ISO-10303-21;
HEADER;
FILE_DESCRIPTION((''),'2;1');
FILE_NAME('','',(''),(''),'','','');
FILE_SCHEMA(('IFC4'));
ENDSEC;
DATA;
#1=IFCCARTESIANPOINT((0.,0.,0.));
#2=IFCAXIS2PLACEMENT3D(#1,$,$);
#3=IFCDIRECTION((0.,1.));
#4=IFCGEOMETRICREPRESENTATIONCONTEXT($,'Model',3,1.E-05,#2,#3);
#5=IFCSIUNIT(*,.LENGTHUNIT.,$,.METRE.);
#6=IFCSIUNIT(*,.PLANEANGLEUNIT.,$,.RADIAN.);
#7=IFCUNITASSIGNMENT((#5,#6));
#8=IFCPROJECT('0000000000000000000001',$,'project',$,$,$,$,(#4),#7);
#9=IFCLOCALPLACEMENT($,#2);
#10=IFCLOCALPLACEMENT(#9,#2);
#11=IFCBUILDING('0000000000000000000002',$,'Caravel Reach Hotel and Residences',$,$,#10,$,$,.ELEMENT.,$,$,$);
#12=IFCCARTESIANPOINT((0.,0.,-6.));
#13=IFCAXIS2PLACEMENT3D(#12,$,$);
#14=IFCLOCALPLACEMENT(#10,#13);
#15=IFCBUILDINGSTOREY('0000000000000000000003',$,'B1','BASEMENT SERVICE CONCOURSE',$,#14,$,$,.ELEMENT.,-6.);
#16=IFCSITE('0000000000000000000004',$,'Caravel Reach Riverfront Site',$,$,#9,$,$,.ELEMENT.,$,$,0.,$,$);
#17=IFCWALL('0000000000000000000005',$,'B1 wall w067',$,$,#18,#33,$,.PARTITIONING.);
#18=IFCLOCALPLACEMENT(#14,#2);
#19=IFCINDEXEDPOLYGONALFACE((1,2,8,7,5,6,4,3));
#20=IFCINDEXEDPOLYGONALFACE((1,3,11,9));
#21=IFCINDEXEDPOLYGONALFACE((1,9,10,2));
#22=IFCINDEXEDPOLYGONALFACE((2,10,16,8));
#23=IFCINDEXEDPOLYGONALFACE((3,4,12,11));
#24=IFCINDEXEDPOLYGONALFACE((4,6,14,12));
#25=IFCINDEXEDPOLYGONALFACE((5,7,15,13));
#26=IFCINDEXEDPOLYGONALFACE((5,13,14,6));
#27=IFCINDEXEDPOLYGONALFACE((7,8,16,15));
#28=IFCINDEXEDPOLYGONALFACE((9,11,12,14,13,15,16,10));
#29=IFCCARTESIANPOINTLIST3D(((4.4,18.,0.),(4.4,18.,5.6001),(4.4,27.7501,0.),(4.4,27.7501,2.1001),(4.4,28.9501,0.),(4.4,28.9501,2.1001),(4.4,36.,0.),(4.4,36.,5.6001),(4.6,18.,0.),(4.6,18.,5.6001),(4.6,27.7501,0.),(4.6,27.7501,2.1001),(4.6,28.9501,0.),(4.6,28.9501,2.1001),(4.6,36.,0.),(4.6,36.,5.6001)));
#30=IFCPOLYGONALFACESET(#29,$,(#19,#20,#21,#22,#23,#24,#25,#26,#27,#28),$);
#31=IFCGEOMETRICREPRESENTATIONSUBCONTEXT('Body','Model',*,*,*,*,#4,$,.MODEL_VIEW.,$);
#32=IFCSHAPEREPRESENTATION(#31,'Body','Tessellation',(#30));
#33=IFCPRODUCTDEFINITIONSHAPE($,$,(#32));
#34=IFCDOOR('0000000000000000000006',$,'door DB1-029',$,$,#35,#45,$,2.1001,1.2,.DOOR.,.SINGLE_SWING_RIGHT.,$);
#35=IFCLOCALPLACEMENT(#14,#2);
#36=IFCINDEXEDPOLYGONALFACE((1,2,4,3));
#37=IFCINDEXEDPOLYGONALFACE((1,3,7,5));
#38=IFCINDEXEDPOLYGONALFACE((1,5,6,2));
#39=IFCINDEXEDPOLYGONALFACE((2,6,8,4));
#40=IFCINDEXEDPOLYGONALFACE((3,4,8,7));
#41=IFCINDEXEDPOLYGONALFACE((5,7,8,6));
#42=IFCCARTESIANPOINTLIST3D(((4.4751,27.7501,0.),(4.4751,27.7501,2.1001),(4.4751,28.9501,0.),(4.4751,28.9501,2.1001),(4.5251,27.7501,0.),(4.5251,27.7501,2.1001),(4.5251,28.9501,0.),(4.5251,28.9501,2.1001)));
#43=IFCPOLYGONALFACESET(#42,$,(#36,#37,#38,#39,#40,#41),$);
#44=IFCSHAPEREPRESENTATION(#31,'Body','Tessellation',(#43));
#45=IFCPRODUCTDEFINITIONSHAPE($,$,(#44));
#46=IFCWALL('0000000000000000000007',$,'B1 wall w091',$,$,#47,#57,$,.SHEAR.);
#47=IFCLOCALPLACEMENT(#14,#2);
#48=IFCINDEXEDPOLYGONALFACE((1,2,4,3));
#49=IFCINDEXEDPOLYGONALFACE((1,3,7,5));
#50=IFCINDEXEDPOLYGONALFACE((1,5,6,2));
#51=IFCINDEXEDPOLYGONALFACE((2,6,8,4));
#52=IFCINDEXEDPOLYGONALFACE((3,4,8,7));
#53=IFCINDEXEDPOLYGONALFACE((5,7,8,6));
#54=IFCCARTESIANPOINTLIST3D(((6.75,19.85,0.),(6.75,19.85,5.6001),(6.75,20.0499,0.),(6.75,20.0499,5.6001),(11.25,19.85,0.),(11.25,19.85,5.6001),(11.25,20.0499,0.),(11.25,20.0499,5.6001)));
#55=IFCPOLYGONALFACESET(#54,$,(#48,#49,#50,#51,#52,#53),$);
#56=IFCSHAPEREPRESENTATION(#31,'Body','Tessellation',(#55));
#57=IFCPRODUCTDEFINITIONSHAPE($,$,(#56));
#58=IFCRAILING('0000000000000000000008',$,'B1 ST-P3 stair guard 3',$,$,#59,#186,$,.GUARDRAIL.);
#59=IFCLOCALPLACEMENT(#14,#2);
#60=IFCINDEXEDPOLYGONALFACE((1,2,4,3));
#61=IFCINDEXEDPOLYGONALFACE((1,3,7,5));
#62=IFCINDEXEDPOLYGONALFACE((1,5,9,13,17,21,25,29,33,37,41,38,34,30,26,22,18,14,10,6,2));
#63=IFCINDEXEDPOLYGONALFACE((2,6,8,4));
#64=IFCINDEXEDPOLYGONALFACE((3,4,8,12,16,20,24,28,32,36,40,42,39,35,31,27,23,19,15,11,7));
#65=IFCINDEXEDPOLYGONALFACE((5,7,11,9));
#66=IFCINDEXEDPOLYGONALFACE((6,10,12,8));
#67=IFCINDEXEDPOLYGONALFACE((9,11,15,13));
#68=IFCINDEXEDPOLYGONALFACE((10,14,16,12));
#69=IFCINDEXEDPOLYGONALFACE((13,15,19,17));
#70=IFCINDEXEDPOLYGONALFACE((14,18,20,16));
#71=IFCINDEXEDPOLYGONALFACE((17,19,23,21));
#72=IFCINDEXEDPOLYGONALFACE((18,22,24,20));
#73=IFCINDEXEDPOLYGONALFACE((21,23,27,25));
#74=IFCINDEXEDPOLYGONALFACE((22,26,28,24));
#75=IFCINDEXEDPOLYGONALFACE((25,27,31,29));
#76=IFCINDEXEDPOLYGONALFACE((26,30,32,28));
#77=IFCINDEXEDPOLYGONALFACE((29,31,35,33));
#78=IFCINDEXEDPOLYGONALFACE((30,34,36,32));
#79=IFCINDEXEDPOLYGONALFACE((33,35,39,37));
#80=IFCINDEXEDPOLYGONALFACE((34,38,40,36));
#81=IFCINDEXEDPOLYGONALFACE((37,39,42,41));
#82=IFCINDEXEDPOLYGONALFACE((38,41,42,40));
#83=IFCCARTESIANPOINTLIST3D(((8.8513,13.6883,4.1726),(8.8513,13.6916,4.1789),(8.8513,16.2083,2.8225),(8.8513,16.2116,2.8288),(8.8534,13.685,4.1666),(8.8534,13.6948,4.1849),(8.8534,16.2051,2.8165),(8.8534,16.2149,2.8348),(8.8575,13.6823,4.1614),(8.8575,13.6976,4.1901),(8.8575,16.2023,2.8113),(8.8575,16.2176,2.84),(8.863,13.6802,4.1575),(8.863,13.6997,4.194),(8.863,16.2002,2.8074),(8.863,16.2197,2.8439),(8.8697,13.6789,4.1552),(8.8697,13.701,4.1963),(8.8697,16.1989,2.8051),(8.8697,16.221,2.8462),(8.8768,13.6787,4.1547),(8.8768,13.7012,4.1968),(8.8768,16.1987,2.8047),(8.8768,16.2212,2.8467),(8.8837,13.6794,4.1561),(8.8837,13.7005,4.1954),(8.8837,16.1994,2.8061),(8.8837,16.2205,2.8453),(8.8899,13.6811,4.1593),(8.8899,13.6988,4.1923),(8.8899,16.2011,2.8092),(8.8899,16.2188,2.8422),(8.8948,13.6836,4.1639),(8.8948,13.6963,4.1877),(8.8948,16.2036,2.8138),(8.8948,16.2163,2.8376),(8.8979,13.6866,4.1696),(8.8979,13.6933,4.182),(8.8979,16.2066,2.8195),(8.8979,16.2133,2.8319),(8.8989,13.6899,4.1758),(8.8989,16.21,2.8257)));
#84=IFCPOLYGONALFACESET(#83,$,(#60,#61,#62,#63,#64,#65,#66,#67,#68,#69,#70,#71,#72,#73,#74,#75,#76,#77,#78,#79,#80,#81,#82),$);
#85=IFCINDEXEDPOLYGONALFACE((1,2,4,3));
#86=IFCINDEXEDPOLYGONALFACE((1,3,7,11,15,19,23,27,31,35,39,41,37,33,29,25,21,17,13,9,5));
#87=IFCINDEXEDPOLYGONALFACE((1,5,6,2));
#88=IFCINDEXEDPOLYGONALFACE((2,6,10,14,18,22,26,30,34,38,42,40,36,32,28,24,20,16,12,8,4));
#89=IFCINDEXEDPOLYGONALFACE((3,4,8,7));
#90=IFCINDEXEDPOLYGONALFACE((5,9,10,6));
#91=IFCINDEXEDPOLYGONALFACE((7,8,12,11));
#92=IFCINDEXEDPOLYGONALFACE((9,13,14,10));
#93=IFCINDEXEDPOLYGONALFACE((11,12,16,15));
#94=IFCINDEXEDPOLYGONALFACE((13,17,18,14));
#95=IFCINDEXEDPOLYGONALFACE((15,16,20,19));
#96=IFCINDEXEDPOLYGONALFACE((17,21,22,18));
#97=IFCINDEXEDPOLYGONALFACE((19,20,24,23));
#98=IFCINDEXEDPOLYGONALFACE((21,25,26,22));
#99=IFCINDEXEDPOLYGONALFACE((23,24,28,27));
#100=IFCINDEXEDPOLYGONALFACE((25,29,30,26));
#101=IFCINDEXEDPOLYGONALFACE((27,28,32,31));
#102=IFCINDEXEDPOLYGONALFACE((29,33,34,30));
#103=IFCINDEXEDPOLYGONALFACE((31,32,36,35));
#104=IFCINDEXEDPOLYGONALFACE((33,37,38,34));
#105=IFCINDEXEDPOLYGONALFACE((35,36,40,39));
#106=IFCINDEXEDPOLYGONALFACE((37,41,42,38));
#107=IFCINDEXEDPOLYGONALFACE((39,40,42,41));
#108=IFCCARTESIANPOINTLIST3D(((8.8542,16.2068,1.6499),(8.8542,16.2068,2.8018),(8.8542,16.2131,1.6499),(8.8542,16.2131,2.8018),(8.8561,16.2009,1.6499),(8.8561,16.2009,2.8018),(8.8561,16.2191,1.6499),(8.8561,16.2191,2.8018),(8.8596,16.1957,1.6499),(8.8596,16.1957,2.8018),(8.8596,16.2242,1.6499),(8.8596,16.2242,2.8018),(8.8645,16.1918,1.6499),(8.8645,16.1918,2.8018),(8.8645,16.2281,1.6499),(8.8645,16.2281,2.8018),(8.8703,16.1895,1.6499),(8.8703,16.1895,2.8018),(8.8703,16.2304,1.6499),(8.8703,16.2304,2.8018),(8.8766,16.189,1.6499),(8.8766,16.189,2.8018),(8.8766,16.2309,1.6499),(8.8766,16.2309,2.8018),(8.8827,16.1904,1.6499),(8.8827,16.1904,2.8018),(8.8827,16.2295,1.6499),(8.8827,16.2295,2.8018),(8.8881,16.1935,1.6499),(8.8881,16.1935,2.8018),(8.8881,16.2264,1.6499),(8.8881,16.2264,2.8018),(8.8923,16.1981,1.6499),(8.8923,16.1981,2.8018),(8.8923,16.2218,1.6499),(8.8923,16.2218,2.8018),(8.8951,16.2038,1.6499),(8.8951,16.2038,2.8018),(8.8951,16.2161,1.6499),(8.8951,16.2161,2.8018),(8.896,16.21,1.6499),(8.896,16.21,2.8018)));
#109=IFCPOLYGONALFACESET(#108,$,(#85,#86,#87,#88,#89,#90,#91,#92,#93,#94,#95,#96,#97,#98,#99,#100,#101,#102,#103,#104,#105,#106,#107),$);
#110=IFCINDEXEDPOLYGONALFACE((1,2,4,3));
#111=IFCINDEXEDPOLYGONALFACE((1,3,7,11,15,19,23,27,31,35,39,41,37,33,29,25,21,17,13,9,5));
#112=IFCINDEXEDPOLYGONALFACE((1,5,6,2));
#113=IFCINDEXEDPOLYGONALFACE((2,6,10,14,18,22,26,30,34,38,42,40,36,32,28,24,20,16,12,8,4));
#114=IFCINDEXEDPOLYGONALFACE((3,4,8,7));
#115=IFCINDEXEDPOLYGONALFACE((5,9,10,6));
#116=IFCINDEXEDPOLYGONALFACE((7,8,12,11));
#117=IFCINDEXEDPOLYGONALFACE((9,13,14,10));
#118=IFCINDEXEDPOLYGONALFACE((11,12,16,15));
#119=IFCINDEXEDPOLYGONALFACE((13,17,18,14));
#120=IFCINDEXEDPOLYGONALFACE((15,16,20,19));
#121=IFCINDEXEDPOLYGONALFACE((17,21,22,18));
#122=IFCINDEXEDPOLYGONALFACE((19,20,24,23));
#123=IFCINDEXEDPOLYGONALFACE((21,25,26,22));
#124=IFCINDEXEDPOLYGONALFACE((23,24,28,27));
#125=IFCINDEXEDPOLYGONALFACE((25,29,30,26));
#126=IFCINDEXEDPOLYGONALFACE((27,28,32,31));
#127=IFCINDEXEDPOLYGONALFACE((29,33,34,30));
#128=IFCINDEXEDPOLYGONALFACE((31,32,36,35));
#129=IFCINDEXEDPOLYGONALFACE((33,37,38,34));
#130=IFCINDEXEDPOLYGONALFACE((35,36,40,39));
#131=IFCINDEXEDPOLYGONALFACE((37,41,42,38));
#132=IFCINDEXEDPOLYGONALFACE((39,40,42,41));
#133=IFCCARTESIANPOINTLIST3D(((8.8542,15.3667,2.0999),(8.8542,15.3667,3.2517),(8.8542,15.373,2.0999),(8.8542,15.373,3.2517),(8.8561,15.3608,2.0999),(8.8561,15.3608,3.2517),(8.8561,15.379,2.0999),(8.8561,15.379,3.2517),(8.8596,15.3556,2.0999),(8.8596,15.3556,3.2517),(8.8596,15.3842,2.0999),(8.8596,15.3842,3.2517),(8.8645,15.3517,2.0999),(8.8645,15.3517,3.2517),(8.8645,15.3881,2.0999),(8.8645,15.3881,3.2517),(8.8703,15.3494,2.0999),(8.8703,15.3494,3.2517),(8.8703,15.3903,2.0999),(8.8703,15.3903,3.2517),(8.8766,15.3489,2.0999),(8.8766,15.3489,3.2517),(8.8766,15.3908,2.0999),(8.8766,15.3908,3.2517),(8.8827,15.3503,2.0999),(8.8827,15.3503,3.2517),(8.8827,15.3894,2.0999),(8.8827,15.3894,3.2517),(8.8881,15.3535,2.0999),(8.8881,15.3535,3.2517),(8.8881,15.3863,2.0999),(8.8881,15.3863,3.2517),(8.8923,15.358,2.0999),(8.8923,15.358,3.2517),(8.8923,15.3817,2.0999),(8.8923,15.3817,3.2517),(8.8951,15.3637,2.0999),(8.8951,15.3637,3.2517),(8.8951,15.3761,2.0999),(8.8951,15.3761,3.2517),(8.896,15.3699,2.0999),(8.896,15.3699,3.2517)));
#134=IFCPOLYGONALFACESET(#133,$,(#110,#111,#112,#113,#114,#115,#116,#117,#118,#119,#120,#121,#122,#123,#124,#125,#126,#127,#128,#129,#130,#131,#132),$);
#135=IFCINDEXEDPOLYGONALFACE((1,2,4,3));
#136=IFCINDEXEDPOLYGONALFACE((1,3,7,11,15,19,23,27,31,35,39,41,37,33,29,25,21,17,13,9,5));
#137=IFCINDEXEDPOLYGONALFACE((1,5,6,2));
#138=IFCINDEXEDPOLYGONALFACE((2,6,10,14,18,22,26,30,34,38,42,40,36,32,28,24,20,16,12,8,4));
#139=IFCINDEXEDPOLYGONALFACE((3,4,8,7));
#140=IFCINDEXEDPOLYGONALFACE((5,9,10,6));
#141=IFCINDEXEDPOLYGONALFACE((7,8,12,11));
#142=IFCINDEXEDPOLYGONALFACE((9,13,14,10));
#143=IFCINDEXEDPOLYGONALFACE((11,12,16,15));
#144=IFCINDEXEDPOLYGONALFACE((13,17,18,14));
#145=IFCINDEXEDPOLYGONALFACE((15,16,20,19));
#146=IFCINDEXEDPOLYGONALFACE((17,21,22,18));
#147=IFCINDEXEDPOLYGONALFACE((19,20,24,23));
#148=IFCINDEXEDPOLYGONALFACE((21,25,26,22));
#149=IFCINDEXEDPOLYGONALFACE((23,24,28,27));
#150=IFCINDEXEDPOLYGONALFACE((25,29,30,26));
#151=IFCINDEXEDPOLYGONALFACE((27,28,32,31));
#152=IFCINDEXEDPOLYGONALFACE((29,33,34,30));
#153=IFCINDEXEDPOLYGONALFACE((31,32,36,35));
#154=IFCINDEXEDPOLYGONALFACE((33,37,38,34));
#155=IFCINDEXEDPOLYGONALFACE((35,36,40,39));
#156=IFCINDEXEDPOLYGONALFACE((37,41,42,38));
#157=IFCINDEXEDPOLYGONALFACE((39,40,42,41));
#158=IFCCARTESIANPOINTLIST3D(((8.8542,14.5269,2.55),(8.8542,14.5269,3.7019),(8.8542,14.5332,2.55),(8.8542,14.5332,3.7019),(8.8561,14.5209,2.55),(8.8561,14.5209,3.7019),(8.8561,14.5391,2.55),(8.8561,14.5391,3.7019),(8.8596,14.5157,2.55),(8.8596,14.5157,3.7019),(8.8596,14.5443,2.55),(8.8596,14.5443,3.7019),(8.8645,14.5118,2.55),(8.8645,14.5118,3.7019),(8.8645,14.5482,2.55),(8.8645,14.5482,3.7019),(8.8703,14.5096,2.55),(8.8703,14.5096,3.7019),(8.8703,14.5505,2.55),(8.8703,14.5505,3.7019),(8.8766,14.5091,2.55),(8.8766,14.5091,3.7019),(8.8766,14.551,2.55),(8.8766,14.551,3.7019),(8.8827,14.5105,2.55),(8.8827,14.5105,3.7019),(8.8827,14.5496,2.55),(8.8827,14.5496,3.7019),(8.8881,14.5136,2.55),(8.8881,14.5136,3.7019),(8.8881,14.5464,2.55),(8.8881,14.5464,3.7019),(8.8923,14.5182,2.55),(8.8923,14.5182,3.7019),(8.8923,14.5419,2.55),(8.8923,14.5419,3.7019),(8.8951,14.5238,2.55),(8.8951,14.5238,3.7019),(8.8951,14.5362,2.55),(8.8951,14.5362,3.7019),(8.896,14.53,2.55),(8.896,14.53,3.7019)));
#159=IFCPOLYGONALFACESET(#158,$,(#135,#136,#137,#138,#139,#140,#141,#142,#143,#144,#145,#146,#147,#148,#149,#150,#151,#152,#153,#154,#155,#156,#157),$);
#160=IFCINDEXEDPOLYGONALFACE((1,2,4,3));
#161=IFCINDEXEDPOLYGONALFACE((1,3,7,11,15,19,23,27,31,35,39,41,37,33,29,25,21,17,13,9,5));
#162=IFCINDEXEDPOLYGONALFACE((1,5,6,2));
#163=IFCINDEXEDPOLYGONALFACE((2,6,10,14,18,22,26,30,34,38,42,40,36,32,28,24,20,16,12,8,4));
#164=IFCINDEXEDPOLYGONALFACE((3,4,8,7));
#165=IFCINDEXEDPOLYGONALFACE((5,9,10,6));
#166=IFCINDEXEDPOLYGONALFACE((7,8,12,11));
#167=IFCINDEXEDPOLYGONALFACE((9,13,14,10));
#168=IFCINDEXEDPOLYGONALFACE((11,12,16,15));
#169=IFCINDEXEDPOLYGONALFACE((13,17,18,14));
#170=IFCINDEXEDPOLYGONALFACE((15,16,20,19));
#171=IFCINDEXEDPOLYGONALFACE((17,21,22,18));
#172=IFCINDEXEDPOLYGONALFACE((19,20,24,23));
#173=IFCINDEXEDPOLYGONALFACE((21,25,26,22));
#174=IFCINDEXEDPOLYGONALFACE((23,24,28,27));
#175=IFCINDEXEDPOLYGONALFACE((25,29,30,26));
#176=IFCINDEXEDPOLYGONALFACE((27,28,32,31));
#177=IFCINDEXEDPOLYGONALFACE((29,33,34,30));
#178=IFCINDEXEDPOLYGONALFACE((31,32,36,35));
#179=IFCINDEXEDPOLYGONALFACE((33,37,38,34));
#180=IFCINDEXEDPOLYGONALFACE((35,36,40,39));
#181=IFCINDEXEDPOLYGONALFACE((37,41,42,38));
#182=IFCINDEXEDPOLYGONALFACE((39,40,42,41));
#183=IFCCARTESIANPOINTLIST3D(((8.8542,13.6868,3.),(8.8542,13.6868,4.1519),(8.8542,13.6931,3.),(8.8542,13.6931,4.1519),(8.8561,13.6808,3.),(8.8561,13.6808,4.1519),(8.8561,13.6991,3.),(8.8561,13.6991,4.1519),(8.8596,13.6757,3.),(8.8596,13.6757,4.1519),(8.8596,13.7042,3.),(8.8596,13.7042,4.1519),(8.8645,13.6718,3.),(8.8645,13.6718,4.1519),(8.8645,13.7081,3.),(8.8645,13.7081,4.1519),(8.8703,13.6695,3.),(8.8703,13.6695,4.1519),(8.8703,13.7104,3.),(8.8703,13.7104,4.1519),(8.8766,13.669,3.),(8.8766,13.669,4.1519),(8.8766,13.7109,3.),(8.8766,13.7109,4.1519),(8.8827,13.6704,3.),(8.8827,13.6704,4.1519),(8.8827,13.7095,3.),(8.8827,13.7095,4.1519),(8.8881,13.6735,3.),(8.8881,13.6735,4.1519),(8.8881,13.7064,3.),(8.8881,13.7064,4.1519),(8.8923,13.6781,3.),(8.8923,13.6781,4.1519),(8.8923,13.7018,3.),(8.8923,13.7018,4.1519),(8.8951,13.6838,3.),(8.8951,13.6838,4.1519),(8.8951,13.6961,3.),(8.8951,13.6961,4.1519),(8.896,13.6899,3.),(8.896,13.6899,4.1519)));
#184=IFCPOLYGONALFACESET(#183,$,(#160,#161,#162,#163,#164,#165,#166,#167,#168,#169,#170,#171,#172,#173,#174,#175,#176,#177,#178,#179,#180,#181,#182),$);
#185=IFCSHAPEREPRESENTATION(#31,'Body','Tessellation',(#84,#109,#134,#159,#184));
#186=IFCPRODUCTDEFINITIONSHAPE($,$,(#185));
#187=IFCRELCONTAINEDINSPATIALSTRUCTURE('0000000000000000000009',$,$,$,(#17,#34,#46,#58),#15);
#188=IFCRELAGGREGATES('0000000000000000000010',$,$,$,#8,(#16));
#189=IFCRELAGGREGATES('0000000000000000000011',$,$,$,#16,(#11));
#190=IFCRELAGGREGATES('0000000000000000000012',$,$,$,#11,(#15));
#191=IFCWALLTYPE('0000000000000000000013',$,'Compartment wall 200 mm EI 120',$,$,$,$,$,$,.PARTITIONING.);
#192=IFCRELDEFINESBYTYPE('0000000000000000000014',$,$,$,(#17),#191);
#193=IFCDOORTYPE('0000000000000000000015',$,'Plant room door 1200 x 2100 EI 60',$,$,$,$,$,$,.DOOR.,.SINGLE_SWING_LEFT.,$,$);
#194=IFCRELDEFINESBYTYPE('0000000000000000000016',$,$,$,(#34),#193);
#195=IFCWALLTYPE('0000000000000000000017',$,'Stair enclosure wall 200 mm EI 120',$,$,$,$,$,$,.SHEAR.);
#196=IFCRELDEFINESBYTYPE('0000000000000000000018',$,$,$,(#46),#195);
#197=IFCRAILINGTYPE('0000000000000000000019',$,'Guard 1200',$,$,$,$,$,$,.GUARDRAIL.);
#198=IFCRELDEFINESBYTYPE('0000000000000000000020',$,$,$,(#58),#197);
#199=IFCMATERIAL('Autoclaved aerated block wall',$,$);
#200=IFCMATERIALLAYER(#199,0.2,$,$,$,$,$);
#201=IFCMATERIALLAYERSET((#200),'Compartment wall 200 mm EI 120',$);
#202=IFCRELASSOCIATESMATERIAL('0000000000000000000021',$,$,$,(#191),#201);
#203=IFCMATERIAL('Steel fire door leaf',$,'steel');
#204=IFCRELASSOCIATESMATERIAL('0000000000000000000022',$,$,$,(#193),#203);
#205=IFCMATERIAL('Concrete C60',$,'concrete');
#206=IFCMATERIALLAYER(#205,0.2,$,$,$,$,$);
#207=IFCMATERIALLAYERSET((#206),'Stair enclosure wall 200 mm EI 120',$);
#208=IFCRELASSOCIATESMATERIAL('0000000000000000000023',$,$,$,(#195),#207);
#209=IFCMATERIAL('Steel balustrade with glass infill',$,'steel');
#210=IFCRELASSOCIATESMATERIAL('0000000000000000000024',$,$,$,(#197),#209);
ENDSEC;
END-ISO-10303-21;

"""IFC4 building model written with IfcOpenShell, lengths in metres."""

from ifc_helpers import new_model, si_unit, direction, frame, frame_2d, origin, origin_2d, place, context, subcontext, project, spatial, rectangle, circle, extrude, material, layer, layer_set, type_object, element, fill, save


model = new_model("IFC4")

# Units and contexts
model_context = context("Model", 3, precision=1e-05, world=origin(), true_north=direction((0.0, 1.0)))
body_context = subcontext(model_context, "Body", "Model", "MODEL_VIEW")
ifc_project = project(units=[si_unit("LENGTHUNIT", "METRE"), si_unit("PLANEANGLEUNIT", "RADIAN")], contexts=[model_context])

# Site, building, storey
site_placement = place(None, origin())
site = spatial("IfcSite", under=ifc_project, at=site_placement, Name="Caravel Reach Riverfront Site", CompositionType="ELEMENT", RefElevation=0.0)
building_placement = place(site_placement, origin())
building = spatial("IfcBuilding", under=site, at=building_placement, Name="Caravel Reach Hotel and Residences", CompositionType="ELEMENT")
storey_placement = place(building_placement, frame((0.0, 0.0, -6.0)))
storey = spatial("IfcBuildingStorey", under=building, at=storey_placement, Name="B1", Description="BASEMENT SERVICE CONCOURSE", CompositionType="ELEMENT", Elevation=-6.0)

# Shared definitions
ifc_material_1 = material(Name="Autoclaved aerated block wall")
ifc_layer_1 = layer(ifc_material_1, 0.2)
ifc_layer_set_1 = layer_set([ifc_layer_1], Name="Compartment wall 200 mm EI 120")
wall_type_1 = type_object("IfcWallType", Name="Compartment wall 200 mm EI 120", PredefinedType="PARTITIONING", material=ifc_layer_set_1)

# Wall, opening, door
wall_1_placement = place(storey_placement, frame((4.5, 18.0, 0.0), z_axis=(0.0, 0.0, 1.0), x_axis=(0.0, 1.0, 0.0)))
wall_1 = element("IfcWall", 1, at=wall_1_placement, inside=storey, type_object=wall_type_1, Name="B1 wall w067", PredefinedType="PARTITIONING", context=body_context, shape_type="SweptSolid", body=[
    extrude(rectangle(XDim=18.0, YDim=0.2, at=frame_2d((9.0, 0.0))), origin(), (0.0, 0.0, 1.0), 5.6001),
])
opening_placement = place(wall_1_placement, frame((9.75, 0.0, 0.0)))
opening = element("IfcOpeningElement", 2, at=opening_placement, cuts=wall_1, PredefinedType="OPENING", context=body_context, shape_type="SweptSolid", body=[
    extrude(rectangle(XDim=1.2, YDim=2.1001, at=frame_2d((0.6001, 1.05))), frame((0.0, 0.1099, 0.0), z_axis=(0.0, -1.0, 0.0), x_axis=(1.0, 0.0, 0.0)), (0.0, 0.0, 1.0), 0.22),
])
ifc_material_2 = material(Name="Steel fire door leaf", Category="steel")
door_type = type_object("IfcDoorType", Name="Plant room door 1200 x 2100 EI 60", OperationType="SINGLE_SWING_LEFT", PredefinedType="DOOR", material=ifc_material_2)
door_placement = place(opening_placement, origin())
door = element("IfcDoor", 3, at=door_placement, inside=storey, type_object=door_type, Name="door DB1-029", OperationType="SINGLE_SWING_RIGHT", OverallHeight=2.1001, OverallWidth=1.2, PredefinedType="DOOR", context=body_context, shape_type="SweptSolid", body=[
    extrude(rectangle(XDim=1.2, YDim=2.1001, at=frame_2d((0.6001, 1.05))), frame((0.0, 0.0249, 0.0), z_axis=(0.0, -1.0, 0.0), x_axis=(1.0, 0.0, 0.0)), (0.0, 0.0, 1.0), 0.05),
])
fill(opening, door)

# Wall
ifc_material_3 = material(Name="Concrete C60", Category="concrete")
ifc_layer_2 = layer(ifc_material_3, 0.2)
ifc_layer_set_2 = layer_set([ifc_layer_2], Name="Stair enclosure wall 200 mm EI 120")
wall_type_2 = type_object("IfcWallType", Name="Stair enclosure wall 200 mm EI 120", PredefinedType="SHEAR", material=ifc_layer_set_2)
wall_2_placement = place(storey_placement, frame((6.75, 19.95, 0.0), z_axis=(0.0, 0.0, 1.0), x_axis=(1.0, 0.0, 0.0)))
element("IfcWall", 4, at=wall_2_placement, inside=storey, type_object=wall_type_2, Name="B1 wall w091", PredefinedType="SHEAR", context=body_context, shape_type="SweptSolid", body=[
    extrude(rectangle(XDim=4.5, YDim=0.2, at=frame_2d((2.25, 0.0))), origin(), (0.0, 0.0, 1.0), 5.6001),
])

# Railing
ifc_material_4 = material(Name="Steel balustrade with glass infill", Category="steel")
railing_type_1 = type_object("IfcRailingType", Name="Guard 1200", PredefinedType="GUARDRAIL", material=ifc_material_4)
for number, where, name in (
    (5, (8.875, 16.21, 1.6499), "B1 ST-P3 stair guard 3"),
):
    element("IfcRailing", number, at=place(storey_placement, frame(where)), inside=storey, type_object=railing_type_1, Name=name, PredefinedType="GUARDRAIL", context=body_context, shape_type="SweptSolid", body=[
        extrude(circle(Radius=0.0239, at=origin_2d()), frame((0.0, 0.0, 1.1758), z_axis=(0.0, -0.881467, 0.472245), x_axis=(1.0, 0.0, 0.0)), (0.0, 0.0, 1.0), 2.8589),
        extrude(circle(Radius=0.021, at=origin_2d()), origin(), (0.0, 0.0, 1.0), 1.1519),
        extrude(circle(Radius=0.021, at=origin_2d()), frame((0.0, -0.8401, 0.45)), (0.0, 0.0, 1.0), 1.1519),
        extrude(circle(Radius=0.021, at=origin_2d()), frame((0.0, -1.6799, 0.9001)), (0.0, 0.0, 1.0), 1.1519),
        extrude(circle(Radius=0.021, at=origin_2d()), frame((0.0, -2.52, 1.3501)), (0.0, 0.0, 1.0), 1.1519),
    ])

save(model, "model.ifc")
